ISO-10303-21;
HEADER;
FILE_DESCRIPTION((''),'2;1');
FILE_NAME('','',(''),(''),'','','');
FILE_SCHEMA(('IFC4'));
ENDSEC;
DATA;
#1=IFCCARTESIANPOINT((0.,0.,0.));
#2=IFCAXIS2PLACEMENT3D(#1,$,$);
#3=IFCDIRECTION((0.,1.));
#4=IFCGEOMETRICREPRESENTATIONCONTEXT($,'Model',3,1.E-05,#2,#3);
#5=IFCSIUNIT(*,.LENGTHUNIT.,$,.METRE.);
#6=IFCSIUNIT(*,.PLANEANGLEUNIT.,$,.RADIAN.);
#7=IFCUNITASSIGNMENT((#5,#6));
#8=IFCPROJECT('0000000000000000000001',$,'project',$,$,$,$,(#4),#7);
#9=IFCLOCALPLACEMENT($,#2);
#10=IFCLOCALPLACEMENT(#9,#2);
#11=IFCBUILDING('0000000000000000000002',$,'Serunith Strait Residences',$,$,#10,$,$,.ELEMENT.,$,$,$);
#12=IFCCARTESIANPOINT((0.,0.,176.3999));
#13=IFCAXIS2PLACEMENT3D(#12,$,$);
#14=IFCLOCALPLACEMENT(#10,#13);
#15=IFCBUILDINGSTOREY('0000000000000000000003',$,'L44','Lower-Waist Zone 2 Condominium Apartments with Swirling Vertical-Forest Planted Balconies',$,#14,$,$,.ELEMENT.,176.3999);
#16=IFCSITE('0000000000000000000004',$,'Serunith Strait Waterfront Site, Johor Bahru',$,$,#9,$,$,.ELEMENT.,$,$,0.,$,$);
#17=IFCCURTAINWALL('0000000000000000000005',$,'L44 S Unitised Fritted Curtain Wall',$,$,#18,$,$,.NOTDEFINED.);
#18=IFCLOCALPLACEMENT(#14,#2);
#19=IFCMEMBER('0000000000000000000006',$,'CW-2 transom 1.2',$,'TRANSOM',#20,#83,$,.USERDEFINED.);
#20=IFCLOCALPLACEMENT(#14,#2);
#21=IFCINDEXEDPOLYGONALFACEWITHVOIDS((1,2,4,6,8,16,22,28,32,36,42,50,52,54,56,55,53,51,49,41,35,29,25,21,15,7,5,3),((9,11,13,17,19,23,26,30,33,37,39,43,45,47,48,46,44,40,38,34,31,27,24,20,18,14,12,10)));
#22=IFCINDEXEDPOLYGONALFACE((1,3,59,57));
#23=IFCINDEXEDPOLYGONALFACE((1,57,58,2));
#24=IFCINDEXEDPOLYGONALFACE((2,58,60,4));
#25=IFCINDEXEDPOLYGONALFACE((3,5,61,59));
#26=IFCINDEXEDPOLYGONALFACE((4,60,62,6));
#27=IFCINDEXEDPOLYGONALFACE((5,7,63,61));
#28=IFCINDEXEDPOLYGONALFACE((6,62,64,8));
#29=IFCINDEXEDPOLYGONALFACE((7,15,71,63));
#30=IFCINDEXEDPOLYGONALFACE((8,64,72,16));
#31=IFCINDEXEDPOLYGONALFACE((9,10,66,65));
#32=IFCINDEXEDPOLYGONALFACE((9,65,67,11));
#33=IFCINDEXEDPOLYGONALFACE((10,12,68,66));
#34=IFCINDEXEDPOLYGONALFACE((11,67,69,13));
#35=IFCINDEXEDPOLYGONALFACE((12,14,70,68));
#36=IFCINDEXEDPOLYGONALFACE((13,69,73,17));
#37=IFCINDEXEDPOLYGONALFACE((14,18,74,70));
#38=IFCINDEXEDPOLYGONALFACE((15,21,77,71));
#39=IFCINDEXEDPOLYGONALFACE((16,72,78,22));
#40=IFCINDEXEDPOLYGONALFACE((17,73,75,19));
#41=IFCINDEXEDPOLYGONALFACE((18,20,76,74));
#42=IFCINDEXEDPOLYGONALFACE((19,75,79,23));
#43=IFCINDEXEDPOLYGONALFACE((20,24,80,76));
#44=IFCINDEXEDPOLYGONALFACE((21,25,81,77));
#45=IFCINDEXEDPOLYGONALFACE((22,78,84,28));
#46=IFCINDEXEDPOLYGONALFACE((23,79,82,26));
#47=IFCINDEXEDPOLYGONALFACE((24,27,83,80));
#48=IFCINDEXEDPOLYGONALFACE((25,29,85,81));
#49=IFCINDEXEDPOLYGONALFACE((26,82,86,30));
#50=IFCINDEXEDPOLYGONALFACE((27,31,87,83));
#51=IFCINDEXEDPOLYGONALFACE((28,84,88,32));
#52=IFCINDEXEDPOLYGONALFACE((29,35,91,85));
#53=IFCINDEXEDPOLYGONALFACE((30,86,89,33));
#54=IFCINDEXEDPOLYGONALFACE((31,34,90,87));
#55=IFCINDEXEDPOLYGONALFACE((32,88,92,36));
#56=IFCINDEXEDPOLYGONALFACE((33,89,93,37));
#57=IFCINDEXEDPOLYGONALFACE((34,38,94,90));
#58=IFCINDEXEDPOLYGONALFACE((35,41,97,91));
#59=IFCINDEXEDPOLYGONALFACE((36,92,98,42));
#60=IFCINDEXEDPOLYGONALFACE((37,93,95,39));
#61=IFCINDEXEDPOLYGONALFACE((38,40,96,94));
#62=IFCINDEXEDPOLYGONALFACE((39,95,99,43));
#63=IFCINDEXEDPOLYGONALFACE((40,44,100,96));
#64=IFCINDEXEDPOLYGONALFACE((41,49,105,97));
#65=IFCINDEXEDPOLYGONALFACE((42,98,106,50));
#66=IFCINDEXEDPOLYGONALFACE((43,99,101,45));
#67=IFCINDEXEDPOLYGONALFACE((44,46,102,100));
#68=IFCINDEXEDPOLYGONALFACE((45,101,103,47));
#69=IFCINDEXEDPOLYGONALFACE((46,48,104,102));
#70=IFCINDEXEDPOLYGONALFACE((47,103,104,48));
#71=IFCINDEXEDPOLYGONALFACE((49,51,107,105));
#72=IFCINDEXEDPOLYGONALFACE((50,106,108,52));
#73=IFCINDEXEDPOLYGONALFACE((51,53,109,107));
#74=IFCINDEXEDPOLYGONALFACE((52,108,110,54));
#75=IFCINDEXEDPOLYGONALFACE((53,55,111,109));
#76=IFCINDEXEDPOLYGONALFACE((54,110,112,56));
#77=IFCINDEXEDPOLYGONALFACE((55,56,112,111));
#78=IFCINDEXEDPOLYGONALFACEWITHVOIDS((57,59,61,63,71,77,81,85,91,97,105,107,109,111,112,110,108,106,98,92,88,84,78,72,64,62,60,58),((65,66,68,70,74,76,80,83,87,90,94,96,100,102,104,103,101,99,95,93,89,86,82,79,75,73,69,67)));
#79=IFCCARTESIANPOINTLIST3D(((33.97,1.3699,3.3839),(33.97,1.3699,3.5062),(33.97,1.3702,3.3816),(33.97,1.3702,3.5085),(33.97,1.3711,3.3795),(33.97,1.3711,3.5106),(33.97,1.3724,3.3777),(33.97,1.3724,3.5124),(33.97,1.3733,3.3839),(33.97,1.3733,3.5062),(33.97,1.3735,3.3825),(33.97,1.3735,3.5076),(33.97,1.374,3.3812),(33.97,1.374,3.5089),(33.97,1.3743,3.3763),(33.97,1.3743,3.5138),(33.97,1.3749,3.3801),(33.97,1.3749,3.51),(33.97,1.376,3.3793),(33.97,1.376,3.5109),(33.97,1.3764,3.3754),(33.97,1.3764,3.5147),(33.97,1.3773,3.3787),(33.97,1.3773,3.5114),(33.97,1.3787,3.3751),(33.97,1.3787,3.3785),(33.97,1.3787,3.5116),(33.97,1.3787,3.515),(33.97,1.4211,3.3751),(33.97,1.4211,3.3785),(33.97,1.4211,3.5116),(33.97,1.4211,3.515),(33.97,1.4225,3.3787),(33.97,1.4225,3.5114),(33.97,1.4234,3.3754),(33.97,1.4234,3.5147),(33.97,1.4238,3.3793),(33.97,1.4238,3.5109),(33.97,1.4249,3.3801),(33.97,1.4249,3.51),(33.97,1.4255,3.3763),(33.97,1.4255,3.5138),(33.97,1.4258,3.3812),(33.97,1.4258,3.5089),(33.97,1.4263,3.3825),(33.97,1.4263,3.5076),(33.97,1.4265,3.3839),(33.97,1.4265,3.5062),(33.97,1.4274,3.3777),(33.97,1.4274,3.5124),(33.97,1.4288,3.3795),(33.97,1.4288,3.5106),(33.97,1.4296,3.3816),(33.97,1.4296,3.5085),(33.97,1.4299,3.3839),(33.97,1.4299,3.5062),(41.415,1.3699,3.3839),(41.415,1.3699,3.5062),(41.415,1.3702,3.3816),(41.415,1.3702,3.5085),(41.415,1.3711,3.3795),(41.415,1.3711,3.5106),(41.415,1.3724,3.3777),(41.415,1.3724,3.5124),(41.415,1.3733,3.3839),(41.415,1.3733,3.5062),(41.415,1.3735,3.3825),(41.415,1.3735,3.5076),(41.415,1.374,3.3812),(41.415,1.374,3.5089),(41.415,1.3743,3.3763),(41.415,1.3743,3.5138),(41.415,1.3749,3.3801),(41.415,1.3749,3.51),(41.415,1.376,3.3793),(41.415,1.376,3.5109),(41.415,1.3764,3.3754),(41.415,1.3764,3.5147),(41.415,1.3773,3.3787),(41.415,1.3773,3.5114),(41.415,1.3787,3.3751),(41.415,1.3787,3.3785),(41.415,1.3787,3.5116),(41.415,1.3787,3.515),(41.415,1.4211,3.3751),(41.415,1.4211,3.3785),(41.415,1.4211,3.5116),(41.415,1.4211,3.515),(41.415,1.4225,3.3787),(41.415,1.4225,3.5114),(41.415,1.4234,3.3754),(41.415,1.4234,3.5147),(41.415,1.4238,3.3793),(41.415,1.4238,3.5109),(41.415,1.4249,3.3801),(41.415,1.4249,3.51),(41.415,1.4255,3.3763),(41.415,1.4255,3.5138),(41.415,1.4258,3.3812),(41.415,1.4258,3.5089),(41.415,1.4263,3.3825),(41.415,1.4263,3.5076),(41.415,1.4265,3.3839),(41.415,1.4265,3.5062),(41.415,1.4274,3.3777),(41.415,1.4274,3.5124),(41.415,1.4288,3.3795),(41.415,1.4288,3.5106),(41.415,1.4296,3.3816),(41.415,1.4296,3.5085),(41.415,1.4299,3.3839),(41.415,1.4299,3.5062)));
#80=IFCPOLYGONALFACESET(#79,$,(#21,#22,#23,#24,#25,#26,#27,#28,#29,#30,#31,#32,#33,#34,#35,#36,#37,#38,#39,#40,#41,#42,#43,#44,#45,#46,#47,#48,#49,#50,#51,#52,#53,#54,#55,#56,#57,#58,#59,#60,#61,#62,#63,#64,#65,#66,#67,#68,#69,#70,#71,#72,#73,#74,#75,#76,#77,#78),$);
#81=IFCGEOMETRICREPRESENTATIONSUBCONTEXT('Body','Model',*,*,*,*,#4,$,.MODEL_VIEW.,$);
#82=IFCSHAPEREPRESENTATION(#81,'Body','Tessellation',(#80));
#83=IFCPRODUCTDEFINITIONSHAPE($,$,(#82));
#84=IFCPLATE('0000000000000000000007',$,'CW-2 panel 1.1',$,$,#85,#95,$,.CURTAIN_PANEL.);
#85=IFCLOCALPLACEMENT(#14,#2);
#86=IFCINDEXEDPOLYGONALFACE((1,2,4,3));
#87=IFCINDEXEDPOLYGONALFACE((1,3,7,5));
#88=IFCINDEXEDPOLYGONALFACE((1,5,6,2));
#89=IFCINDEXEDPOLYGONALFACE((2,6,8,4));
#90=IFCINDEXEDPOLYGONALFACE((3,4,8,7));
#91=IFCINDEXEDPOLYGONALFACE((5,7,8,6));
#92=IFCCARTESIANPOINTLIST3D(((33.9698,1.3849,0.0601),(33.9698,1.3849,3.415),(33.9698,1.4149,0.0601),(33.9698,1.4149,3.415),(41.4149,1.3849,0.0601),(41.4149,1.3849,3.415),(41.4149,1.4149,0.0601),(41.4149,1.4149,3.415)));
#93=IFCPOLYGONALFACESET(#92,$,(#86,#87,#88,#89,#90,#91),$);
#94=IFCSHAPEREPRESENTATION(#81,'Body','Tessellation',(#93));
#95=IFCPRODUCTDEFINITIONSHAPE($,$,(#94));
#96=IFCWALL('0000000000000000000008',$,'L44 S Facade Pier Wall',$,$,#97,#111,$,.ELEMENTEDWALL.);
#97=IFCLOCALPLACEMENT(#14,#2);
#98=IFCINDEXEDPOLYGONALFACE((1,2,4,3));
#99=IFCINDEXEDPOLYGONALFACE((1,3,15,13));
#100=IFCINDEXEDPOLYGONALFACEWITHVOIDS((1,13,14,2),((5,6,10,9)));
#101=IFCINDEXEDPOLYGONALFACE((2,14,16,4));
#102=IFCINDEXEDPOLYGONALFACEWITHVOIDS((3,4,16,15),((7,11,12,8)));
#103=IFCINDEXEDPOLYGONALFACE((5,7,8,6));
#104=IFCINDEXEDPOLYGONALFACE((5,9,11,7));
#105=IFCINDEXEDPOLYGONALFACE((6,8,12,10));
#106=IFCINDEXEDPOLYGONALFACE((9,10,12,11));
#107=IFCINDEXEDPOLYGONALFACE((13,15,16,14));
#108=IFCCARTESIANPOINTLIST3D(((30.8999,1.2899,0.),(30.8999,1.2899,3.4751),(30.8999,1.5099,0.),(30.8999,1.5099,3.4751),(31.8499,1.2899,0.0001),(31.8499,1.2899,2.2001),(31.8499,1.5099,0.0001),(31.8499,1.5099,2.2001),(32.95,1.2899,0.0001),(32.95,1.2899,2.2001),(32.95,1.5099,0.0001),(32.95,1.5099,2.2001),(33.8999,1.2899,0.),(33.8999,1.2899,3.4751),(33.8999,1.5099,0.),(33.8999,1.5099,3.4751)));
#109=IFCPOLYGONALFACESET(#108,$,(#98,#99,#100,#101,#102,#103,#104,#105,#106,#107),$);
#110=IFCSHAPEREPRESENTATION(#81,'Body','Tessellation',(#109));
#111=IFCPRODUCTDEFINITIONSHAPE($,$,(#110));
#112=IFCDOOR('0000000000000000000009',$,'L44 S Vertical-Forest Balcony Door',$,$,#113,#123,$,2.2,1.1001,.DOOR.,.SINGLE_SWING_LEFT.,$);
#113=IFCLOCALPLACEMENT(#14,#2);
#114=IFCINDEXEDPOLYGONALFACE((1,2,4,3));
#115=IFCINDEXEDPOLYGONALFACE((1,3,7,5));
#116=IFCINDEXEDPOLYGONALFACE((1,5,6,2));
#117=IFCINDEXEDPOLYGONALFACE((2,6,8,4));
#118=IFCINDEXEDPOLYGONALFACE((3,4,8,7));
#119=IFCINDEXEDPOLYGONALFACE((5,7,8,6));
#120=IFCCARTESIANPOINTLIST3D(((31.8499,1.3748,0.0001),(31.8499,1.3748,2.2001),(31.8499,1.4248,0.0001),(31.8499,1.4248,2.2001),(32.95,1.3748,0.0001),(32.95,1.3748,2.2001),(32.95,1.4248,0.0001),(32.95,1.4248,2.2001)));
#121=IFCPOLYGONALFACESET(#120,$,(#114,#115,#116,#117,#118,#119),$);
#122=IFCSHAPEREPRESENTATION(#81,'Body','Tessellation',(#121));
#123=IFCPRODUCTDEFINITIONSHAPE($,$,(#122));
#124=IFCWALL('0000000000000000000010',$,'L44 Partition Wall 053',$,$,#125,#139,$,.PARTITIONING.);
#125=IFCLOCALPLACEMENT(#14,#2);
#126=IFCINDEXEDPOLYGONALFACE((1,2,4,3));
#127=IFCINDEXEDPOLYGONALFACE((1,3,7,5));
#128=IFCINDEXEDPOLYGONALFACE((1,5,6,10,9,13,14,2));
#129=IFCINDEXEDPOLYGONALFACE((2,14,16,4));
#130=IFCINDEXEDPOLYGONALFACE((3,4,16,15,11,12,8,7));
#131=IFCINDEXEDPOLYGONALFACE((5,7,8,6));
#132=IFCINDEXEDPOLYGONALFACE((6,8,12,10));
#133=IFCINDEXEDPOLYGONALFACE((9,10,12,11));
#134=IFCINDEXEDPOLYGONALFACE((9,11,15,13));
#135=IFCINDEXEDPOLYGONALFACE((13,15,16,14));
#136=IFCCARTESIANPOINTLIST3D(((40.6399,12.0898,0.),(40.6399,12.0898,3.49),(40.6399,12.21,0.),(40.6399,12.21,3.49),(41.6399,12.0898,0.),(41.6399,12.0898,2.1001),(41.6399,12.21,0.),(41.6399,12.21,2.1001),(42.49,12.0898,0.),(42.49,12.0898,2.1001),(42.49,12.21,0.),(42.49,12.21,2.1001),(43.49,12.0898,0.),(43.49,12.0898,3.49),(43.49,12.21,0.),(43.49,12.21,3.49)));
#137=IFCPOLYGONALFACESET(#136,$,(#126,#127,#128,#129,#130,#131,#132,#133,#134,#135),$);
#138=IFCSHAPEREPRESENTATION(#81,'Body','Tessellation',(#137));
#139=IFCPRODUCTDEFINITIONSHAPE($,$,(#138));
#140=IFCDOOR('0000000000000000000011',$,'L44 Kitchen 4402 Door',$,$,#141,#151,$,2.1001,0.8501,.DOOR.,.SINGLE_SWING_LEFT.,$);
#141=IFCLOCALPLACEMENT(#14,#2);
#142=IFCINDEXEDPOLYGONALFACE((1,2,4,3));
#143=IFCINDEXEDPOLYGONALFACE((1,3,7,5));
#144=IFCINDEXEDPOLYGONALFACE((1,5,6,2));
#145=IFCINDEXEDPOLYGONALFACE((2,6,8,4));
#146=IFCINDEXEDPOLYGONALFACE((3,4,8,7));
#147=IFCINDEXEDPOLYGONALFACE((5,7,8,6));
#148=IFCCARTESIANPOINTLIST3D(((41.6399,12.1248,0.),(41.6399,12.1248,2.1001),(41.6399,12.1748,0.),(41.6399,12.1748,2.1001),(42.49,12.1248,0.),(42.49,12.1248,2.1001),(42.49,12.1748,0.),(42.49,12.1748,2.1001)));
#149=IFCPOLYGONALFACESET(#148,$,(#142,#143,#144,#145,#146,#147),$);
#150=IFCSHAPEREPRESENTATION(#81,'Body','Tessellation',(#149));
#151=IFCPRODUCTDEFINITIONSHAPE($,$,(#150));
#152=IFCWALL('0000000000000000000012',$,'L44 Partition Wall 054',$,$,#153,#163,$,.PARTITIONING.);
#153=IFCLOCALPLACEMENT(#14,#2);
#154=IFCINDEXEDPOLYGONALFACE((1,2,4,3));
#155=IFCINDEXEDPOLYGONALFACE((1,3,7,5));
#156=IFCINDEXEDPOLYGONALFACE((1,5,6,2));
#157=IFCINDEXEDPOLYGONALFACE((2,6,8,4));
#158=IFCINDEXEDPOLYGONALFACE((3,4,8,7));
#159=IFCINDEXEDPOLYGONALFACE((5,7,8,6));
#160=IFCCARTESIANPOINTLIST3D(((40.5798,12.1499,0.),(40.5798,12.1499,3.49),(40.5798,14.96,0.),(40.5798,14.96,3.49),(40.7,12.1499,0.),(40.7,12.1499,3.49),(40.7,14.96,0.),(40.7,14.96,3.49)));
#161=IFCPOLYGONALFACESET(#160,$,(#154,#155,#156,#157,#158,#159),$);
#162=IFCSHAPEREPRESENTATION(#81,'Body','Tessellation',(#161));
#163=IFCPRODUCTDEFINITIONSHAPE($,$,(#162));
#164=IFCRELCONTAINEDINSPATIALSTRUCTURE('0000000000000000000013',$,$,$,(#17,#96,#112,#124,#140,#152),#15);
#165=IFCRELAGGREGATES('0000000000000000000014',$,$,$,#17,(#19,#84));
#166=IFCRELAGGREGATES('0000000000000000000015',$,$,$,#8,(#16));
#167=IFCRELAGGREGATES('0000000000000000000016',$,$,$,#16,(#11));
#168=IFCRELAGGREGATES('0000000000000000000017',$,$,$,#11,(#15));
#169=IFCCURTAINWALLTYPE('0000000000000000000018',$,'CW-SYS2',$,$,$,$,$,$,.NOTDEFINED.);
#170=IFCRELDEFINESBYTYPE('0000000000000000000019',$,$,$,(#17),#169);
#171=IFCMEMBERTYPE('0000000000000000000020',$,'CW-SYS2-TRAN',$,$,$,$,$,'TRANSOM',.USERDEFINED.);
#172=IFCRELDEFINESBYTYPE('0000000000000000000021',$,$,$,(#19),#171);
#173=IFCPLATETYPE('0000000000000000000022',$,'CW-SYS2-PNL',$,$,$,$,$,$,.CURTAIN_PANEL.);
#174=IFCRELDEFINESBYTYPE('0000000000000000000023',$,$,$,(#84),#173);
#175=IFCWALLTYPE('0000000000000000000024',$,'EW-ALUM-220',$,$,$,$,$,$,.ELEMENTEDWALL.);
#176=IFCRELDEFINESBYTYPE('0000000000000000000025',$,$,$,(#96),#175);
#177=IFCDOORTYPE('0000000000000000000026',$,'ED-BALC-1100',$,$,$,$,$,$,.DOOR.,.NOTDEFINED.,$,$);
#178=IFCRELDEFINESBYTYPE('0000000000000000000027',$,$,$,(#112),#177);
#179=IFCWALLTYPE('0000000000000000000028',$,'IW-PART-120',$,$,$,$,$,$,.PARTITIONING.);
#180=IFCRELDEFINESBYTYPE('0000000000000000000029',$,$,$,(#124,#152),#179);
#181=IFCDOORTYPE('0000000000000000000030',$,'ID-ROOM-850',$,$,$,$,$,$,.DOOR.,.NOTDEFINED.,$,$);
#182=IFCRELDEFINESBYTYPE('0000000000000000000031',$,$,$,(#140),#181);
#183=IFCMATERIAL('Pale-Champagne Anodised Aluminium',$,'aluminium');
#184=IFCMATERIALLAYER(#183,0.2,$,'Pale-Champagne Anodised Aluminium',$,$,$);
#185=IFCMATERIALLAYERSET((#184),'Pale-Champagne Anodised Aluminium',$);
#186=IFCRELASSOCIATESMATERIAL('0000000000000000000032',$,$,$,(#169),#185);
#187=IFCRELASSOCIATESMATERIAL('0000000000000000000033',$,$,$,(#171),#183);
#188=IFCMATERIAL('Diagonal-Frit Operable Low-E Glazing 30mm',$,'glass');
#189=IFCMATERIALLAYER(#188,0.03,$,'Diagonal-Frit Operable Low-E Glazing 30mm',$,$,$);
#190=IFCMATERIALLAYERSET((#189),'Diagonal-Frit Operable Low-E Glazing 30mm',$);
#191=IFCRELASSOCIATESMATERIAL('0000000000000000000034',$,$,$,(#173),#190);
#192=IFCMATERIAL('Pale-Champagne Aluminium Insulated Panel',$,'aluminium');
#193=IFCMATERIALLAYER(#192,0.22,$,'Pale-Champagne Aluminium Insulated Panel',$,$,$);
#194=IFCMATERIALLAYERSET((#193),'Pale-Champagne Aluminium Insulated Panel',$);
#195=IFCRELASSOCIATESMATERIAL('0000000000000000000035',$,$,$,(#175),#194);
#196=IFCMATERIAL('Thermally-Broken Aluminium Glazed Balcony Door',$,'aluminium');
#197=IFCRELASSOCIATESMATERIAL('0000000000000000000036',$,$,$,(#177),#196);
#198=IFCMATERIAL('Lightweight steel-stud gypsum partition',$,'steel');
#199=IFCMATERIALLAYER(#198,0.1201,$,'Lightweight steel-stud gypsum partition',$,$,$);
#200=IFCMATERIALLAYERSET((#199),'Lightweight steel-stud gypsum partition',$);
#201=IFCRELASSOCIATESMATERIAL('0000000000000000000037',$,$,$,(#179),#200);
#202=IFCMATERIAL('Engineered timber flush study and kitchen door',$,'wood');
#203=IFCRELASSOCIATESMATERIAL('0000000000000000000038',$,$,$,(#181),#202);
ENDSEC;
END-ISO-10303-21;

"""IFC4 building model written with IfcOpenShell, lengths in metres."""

from ifc_helpers import new_model, si_unit, direction, frame, frame_2d, origin, origin_2d, place, context, subcontext, project, spatial, rectangle, hollow_rectangle, extrude, source, transform, mapped, material, layer, layer_set, material_profile, profile_set, type_object, element, fill, aggregate, save


model = new_model("IFC4")

# Units and contexts
model_context = context("Model", 3, precision=1e-05, world=origin(), true_north=direction((0.0, 1.0)))
body_context = subcontext(model_context, "Body", "Model", "MODEL_VIEW")
ifc_project = project(units=[si_unit("LENGTHUNIT", "METRE"), si_unit("PLANEANGLEUNIT", "RADIAN")], contexts=[model_context])

# Site, building, storey
site_placement = place(None, origin())
site = spatial("IfcSite", under=ifc_project, at=site_placement, Name="Serunith Strait Waterfront Site, Johor Bahru", CompositionType="ELEMENT", RefElevation=0.0)
building_placement = place(site_placement, origin())
building = spatial("IfcBuilding", under=site, at=building_placement, Name="Serunith Strait Residences", CompositionType="ELEMENT")
storey_placement = place(building_placement, frame((0.0, 0.0, 176.3999)))
storey = spatial("IfcBuildingStorey", under=building, at=storey_placement, Name="L44", Description="Lower-Waist Zone 2 Condominium Apartments with Swirling Vertical-Forest Planted Balconies", CompositionType="ELEMENT", Elevation=176.3999)

# Shared definitions
ifc_material_1 = material(Name="Pale-Champagne Anodised Aluminium", Category="aluminium")
ifc_layer_1 = layer(ifc_material_1, 0.2, Name="Pale-Champagne Anodised Aluminium")
ifc_layer_set_1 = layer_set([ifc_layer_1], Name="Pale-Champagne Anodised Aluminium")
curtain_wall_type = type_object("IfcCurtainWallType", Name="CW-SYS2", PredefinedType="NOTDEFINED", material=ifc_layer_set_1)

# Curtain wall, member, plate
curtain_wall_1_placement = place(storey_placement, origin())
curtain_wall_1 = element("IfcCurtainWall", 1, at=curtain_wall_1_placement, inside=storey, type_object=curtain_wall_type, Name="L44 S Unitised Fritted Curtain Wall", PredefinedType="NOTDEFINED")
ifc_material_profile_1 = material_profile(ifc_material_1, hollow_rectangle(XDim=0.0601, YDim=0.1399, WallThickness=0.0034, InnerFilletRadius=0.0054, OuterFilletRadius=0.0088, at=origin_2d()), Name="ALU 140x60x3.5")
ifc_profile_set_1 = profile_set([ifc_material_profile_1], Name="Pale-Champagne Anodised Aluminium")
member_type_1 = type_object("IfcMemberType", Name="CW-SYS2-TRAN", ElementType="TRANSOM", PredefinedType="USERDEFINED", material=ifc_profile_set_1)
shared_shape_1 = source(origin(), body_context, "Body", "SweptSolid", [
    extrude(hollow_rectangle(XDim=0.0601, YDim=0.1399, WallThickness=0.0034, InnerFilletRadius=0.0054, OuterFilletRadius=0.0088, at=origin_2d()), origin(), (0.0, 0.0, 1.0), 7.4451),
])
member_1_placement = place(storey_placement, frame((33.97, 1.3999, 3.4451), z_axis=(1.0, 0.0, 0.0), x_axis=(0.0, 1.0, 0.0)))
member_1 = element("IfcMember", 2, at=member_1_placement, type_object=member_type_1, Name="CW-2 transom 1.2", ObjectType="TRANSOM", PredefinedType="USERDEFINED", context=body_context, shape_type="MappedRepresentation", body=[
    mapped(shared_shape_1, transform((0.0, 0.0, 0.0), scale=1.0)),
])
ifc_material_2 = material(Name="Diagonal-Frit Operable Low-E Glazing 30mm", Category="glass")
ifc_layer_2 = layer(ifc_material_2, 0.03, Name="Diagonal-Frit Operable Low-E Glazing 30mm")
ifc_layer_set_2 = layer_set([ifc_layer_2], Name="Diagonal-Frit Operable Low-E Glazing 30mm")
plate_type = type_object("IfcPlateType", Name="CW-SYS2-PNL", PredefinedType="CURTAIN_PANEL", material=ifc_layer_set_2)
shared_shape_2 = source(origin(), body_context, "Body", "SweptSolid", [
    extrude(rectangle(XDim=7.4451, YDim=0.03, at=origin_2d()), origin(), (0.0, 0.0, 1.0), 3.355),
])
plate_placement = place(storey_placement, frame((37.6924, 1.3999, 0.0601), z_axis=(0.0, 0.0, 1.0), x_axis=(1.0, 0.0, 0.0)))
plate = element("IfcPlate", 3, at=plate_placement, type_object=plate_type, Name="CW-2 panel 1.1", PredefinedType="CURTAIN_PANEL", context=body_context, shape_type="MappedRepresentation", body=[
    mapped(shared_shape_2, transform((0.0, 0.0, 0.0), scale=1.0)),
])
aggregate(curtain_wall_1, [member_1, plate])

# Walls, openings, doors
ifc_material_3 = material(Name="Pale-Champagne Aluminium Insulated Panel", Category="aluminium")
ifc_layer_3 = layer(ifc_material_3, 0.22, Name="Pale-Champagne Aluminium Insulated Panel")
ifc_layer_set_3 = layer_set([ifc_layer_3], Name="Pale-Champagne Aluminium Insulated Panel")
wall_type_1 = type_object("IfcWallType", Name="EW-ALUM-220", PredefinedType="ELEMENTEDWALL", material=ifc_layer_set_3)
wall_1_placement = place(storey_placement, frame((30.8999, 1.3999, 0.0), z_axis=(0.0, 0.0, 1.0), x_axis=(1.0, 0.0, 0.0)))
wall_1 = element("IfcWall", 4, at=wall_1_placement, inside=storey, type_object=wall_type_1, Name="L44 S Facade Pier Wall", PredefinedType="ELEMENTEDWALL", context=body_context, shape_type="SweptSolid", body=[
    extrude(rectangle(XDim=3.0, YDim=0.22, at=frame_2d((1.5, 0.0))), origin(), (0.0, 0.0, 1.0), 3.4751),
])
opening_1_placement = place(wall_1_placement, frame((0.95, 0.0, 0.0)))
opening_1 = element("IfcOpeningElement", 5, at=opening_1_placement, cuts=wall_1, PredefinedType="OPENING", context=body_context, shape_type="SweptSolid", body=[
    extrude(rectangle(XDim=1.1001, YDim=2.2, at=frame_2d((0.55, 1.1001))), frame((0.0, 0.1201, 0.0), z_axis=(0.0, -1.0, 0.0), x_axis=(1.0, 0.0, 0.0)), (0.0, 0.0, 1.0), 0.24),
])
ifc_material_4 = material(Name="Thermally-Broken Aluminium Glazed Balcony Door", Category="aluminium")
door_type_1 = type_object("IfcDoorType", Name="ED-BALC-1100", OperationType="NOTDEFINED", PredefinedType="DOOR", material=ifc_material_4)
shared_shape_3 = source(origin(), body_context, "Body", "SweptSolid", [
    extrude(rectangle(XDim=1.1001, YDim=2.2, at=frame_2d((0.55, 1.1001))), frame((0.0, 0.0249, 0.0), z_axis=(0.0, -1.0, 0.0), x_axis=(1.0, 0.0, 0.0)), (0.0, 0.0, 1.0), 0.05),
])
door_1_placement = place(opening_1_placement, origin())
door_1 = element("IfcDoor", 6, at=door_1_placement, inside=storey, type_object=door_type_1, Name="L44 S Vertical-Forest Balcony Door", OperationType="SINGLE_SWING_LEFT", OverallHeight=2.2, OverallWidth=1.1001, PredefinedType="DOOR", context=body_context, shape_type="MappedRepresentation", body=[
    mapped(shared_shape_3, transform((0.0, 0.0, 0.0), scale=1.0)),
])
fill(opening_1, door_1)
ifc_material_5 = material(Name="Lightweight steel-stud gypsum partition", Category="steel")
ifc_layer_4 = layer(ifc_material_5, 0.1201, Name="Lightweight steel-stud gypsum partition")
ifc_layer_set_4 = layer_set([ifc_layer_4], Name="Lightweight steel-stud gypsum partition")
wall_type_2 = type_object("IfcWallType", Name="IW-PART-120", PredefinedType="PARTITIONING", material=ifc_layer_set_4)
wall_2_placement = place(storey_placement, frame((40.6399, 12.1499, 0.0), z_axis=(0.0, 0.0, 1.0), x_axis=(1.0, 0.0, 0.0)))
wall_2 = element("IfcWall", 7, at=wall_2_placement, inside=storey, type_object=wall_type_2, Name="L44 Partition Wall 053", PredefinedType="PARTITIONING", context=body_context, shape_type="SweptSolid", body=[
    extrude(rectangle(XDim=2.8501, YDim=0.1201, at=frame_2d((1.425, 0.0))), origin(), (0.0, 0.0, 1.0), 3.49),
])
opening_2_placement = place(wall_2_placement, frame((1.0, 0.0, 0.0)))
opening_2 = element("IfcOpeningElement", 8, at=opening_2_placement, cuts=wall_2, PredefinedType="OPENING", context=body_context, shape_type="SweptSolid", body=[
    extrude(rectangle(XDim=0.8501, YDim=2.1001, at=frame_2d((0.425, 1.05))), frame((0.0, 0.0701, 0.0), z_axis=(0.0, -1.0, 0.0), x_axis=(1.0, 0.0, 0.0)), (0.0, 0.0, 1.0), 0.1401),
])
ifc_material_6 = material(Name="Engineered timber flush study and kitchen door", Category="wood")
door_type_2 = type_object("IfcDoorType", Name="ID-ROOM-850", OperationType="NOTDEFINED", PredefinedType="DOOR", material=ifc_material_6)
shared_shape_4 = source(origin(), body_context, "Body", "SweptSolid", [
    extrude(rectangle(XDim=0.8501, YDim=2.1001, at=frame_2d((0.425, 1.05))), frame((0.0, 0.0249, 0.0), z_axis=(0.0, -1.0, 0.0), x_axis=(1.0, 0.0, 0.0)), (0.0, 0.0, 1.0), 0.05),
])
door_2_placement = place(opening_2_placement, origin())
door_2 = element("IfcDoor", 9, at=door_2_placement, inside=storey, type_object=door_type_2, Name="L44 Kitchen 4402 Door", OperationType="SINGLE_SWING_LEFT", OverallHeight=2.1001, OverallWidth=0.8501, PredefinedType="DOOR", context=body_context, shape_type="MappedRepresentation", body=[
    mapped(shared_shape_4, transform((0.0, 0.0, 0.0), scale=1.0)),
])
fill(opening_2, door_2)

# Wall
wall_3_placement = place(storey_placement, frame((40.6399, 12.1499, 0.0), z_axis=(0.0, 0.0, 1.0), x_axis=(0.0, 1.0, 0.0)))
element("IfcWall", 10, at=wall_3_placement, inside=storey, type_object=wall_type_2, Name="L44 Partition Wall 054", PredefinedType="PARTITIONING", context=body_context, shape_type="SweptSolid", body=[
    extrude(rectangle(XDim=2.8101, YDim=0.1201, at=frame_2d((1.405, 0.0))), origin(), (0.0, 0.0, 1.0), 3.49),
])

save(model, "model.ifc")
